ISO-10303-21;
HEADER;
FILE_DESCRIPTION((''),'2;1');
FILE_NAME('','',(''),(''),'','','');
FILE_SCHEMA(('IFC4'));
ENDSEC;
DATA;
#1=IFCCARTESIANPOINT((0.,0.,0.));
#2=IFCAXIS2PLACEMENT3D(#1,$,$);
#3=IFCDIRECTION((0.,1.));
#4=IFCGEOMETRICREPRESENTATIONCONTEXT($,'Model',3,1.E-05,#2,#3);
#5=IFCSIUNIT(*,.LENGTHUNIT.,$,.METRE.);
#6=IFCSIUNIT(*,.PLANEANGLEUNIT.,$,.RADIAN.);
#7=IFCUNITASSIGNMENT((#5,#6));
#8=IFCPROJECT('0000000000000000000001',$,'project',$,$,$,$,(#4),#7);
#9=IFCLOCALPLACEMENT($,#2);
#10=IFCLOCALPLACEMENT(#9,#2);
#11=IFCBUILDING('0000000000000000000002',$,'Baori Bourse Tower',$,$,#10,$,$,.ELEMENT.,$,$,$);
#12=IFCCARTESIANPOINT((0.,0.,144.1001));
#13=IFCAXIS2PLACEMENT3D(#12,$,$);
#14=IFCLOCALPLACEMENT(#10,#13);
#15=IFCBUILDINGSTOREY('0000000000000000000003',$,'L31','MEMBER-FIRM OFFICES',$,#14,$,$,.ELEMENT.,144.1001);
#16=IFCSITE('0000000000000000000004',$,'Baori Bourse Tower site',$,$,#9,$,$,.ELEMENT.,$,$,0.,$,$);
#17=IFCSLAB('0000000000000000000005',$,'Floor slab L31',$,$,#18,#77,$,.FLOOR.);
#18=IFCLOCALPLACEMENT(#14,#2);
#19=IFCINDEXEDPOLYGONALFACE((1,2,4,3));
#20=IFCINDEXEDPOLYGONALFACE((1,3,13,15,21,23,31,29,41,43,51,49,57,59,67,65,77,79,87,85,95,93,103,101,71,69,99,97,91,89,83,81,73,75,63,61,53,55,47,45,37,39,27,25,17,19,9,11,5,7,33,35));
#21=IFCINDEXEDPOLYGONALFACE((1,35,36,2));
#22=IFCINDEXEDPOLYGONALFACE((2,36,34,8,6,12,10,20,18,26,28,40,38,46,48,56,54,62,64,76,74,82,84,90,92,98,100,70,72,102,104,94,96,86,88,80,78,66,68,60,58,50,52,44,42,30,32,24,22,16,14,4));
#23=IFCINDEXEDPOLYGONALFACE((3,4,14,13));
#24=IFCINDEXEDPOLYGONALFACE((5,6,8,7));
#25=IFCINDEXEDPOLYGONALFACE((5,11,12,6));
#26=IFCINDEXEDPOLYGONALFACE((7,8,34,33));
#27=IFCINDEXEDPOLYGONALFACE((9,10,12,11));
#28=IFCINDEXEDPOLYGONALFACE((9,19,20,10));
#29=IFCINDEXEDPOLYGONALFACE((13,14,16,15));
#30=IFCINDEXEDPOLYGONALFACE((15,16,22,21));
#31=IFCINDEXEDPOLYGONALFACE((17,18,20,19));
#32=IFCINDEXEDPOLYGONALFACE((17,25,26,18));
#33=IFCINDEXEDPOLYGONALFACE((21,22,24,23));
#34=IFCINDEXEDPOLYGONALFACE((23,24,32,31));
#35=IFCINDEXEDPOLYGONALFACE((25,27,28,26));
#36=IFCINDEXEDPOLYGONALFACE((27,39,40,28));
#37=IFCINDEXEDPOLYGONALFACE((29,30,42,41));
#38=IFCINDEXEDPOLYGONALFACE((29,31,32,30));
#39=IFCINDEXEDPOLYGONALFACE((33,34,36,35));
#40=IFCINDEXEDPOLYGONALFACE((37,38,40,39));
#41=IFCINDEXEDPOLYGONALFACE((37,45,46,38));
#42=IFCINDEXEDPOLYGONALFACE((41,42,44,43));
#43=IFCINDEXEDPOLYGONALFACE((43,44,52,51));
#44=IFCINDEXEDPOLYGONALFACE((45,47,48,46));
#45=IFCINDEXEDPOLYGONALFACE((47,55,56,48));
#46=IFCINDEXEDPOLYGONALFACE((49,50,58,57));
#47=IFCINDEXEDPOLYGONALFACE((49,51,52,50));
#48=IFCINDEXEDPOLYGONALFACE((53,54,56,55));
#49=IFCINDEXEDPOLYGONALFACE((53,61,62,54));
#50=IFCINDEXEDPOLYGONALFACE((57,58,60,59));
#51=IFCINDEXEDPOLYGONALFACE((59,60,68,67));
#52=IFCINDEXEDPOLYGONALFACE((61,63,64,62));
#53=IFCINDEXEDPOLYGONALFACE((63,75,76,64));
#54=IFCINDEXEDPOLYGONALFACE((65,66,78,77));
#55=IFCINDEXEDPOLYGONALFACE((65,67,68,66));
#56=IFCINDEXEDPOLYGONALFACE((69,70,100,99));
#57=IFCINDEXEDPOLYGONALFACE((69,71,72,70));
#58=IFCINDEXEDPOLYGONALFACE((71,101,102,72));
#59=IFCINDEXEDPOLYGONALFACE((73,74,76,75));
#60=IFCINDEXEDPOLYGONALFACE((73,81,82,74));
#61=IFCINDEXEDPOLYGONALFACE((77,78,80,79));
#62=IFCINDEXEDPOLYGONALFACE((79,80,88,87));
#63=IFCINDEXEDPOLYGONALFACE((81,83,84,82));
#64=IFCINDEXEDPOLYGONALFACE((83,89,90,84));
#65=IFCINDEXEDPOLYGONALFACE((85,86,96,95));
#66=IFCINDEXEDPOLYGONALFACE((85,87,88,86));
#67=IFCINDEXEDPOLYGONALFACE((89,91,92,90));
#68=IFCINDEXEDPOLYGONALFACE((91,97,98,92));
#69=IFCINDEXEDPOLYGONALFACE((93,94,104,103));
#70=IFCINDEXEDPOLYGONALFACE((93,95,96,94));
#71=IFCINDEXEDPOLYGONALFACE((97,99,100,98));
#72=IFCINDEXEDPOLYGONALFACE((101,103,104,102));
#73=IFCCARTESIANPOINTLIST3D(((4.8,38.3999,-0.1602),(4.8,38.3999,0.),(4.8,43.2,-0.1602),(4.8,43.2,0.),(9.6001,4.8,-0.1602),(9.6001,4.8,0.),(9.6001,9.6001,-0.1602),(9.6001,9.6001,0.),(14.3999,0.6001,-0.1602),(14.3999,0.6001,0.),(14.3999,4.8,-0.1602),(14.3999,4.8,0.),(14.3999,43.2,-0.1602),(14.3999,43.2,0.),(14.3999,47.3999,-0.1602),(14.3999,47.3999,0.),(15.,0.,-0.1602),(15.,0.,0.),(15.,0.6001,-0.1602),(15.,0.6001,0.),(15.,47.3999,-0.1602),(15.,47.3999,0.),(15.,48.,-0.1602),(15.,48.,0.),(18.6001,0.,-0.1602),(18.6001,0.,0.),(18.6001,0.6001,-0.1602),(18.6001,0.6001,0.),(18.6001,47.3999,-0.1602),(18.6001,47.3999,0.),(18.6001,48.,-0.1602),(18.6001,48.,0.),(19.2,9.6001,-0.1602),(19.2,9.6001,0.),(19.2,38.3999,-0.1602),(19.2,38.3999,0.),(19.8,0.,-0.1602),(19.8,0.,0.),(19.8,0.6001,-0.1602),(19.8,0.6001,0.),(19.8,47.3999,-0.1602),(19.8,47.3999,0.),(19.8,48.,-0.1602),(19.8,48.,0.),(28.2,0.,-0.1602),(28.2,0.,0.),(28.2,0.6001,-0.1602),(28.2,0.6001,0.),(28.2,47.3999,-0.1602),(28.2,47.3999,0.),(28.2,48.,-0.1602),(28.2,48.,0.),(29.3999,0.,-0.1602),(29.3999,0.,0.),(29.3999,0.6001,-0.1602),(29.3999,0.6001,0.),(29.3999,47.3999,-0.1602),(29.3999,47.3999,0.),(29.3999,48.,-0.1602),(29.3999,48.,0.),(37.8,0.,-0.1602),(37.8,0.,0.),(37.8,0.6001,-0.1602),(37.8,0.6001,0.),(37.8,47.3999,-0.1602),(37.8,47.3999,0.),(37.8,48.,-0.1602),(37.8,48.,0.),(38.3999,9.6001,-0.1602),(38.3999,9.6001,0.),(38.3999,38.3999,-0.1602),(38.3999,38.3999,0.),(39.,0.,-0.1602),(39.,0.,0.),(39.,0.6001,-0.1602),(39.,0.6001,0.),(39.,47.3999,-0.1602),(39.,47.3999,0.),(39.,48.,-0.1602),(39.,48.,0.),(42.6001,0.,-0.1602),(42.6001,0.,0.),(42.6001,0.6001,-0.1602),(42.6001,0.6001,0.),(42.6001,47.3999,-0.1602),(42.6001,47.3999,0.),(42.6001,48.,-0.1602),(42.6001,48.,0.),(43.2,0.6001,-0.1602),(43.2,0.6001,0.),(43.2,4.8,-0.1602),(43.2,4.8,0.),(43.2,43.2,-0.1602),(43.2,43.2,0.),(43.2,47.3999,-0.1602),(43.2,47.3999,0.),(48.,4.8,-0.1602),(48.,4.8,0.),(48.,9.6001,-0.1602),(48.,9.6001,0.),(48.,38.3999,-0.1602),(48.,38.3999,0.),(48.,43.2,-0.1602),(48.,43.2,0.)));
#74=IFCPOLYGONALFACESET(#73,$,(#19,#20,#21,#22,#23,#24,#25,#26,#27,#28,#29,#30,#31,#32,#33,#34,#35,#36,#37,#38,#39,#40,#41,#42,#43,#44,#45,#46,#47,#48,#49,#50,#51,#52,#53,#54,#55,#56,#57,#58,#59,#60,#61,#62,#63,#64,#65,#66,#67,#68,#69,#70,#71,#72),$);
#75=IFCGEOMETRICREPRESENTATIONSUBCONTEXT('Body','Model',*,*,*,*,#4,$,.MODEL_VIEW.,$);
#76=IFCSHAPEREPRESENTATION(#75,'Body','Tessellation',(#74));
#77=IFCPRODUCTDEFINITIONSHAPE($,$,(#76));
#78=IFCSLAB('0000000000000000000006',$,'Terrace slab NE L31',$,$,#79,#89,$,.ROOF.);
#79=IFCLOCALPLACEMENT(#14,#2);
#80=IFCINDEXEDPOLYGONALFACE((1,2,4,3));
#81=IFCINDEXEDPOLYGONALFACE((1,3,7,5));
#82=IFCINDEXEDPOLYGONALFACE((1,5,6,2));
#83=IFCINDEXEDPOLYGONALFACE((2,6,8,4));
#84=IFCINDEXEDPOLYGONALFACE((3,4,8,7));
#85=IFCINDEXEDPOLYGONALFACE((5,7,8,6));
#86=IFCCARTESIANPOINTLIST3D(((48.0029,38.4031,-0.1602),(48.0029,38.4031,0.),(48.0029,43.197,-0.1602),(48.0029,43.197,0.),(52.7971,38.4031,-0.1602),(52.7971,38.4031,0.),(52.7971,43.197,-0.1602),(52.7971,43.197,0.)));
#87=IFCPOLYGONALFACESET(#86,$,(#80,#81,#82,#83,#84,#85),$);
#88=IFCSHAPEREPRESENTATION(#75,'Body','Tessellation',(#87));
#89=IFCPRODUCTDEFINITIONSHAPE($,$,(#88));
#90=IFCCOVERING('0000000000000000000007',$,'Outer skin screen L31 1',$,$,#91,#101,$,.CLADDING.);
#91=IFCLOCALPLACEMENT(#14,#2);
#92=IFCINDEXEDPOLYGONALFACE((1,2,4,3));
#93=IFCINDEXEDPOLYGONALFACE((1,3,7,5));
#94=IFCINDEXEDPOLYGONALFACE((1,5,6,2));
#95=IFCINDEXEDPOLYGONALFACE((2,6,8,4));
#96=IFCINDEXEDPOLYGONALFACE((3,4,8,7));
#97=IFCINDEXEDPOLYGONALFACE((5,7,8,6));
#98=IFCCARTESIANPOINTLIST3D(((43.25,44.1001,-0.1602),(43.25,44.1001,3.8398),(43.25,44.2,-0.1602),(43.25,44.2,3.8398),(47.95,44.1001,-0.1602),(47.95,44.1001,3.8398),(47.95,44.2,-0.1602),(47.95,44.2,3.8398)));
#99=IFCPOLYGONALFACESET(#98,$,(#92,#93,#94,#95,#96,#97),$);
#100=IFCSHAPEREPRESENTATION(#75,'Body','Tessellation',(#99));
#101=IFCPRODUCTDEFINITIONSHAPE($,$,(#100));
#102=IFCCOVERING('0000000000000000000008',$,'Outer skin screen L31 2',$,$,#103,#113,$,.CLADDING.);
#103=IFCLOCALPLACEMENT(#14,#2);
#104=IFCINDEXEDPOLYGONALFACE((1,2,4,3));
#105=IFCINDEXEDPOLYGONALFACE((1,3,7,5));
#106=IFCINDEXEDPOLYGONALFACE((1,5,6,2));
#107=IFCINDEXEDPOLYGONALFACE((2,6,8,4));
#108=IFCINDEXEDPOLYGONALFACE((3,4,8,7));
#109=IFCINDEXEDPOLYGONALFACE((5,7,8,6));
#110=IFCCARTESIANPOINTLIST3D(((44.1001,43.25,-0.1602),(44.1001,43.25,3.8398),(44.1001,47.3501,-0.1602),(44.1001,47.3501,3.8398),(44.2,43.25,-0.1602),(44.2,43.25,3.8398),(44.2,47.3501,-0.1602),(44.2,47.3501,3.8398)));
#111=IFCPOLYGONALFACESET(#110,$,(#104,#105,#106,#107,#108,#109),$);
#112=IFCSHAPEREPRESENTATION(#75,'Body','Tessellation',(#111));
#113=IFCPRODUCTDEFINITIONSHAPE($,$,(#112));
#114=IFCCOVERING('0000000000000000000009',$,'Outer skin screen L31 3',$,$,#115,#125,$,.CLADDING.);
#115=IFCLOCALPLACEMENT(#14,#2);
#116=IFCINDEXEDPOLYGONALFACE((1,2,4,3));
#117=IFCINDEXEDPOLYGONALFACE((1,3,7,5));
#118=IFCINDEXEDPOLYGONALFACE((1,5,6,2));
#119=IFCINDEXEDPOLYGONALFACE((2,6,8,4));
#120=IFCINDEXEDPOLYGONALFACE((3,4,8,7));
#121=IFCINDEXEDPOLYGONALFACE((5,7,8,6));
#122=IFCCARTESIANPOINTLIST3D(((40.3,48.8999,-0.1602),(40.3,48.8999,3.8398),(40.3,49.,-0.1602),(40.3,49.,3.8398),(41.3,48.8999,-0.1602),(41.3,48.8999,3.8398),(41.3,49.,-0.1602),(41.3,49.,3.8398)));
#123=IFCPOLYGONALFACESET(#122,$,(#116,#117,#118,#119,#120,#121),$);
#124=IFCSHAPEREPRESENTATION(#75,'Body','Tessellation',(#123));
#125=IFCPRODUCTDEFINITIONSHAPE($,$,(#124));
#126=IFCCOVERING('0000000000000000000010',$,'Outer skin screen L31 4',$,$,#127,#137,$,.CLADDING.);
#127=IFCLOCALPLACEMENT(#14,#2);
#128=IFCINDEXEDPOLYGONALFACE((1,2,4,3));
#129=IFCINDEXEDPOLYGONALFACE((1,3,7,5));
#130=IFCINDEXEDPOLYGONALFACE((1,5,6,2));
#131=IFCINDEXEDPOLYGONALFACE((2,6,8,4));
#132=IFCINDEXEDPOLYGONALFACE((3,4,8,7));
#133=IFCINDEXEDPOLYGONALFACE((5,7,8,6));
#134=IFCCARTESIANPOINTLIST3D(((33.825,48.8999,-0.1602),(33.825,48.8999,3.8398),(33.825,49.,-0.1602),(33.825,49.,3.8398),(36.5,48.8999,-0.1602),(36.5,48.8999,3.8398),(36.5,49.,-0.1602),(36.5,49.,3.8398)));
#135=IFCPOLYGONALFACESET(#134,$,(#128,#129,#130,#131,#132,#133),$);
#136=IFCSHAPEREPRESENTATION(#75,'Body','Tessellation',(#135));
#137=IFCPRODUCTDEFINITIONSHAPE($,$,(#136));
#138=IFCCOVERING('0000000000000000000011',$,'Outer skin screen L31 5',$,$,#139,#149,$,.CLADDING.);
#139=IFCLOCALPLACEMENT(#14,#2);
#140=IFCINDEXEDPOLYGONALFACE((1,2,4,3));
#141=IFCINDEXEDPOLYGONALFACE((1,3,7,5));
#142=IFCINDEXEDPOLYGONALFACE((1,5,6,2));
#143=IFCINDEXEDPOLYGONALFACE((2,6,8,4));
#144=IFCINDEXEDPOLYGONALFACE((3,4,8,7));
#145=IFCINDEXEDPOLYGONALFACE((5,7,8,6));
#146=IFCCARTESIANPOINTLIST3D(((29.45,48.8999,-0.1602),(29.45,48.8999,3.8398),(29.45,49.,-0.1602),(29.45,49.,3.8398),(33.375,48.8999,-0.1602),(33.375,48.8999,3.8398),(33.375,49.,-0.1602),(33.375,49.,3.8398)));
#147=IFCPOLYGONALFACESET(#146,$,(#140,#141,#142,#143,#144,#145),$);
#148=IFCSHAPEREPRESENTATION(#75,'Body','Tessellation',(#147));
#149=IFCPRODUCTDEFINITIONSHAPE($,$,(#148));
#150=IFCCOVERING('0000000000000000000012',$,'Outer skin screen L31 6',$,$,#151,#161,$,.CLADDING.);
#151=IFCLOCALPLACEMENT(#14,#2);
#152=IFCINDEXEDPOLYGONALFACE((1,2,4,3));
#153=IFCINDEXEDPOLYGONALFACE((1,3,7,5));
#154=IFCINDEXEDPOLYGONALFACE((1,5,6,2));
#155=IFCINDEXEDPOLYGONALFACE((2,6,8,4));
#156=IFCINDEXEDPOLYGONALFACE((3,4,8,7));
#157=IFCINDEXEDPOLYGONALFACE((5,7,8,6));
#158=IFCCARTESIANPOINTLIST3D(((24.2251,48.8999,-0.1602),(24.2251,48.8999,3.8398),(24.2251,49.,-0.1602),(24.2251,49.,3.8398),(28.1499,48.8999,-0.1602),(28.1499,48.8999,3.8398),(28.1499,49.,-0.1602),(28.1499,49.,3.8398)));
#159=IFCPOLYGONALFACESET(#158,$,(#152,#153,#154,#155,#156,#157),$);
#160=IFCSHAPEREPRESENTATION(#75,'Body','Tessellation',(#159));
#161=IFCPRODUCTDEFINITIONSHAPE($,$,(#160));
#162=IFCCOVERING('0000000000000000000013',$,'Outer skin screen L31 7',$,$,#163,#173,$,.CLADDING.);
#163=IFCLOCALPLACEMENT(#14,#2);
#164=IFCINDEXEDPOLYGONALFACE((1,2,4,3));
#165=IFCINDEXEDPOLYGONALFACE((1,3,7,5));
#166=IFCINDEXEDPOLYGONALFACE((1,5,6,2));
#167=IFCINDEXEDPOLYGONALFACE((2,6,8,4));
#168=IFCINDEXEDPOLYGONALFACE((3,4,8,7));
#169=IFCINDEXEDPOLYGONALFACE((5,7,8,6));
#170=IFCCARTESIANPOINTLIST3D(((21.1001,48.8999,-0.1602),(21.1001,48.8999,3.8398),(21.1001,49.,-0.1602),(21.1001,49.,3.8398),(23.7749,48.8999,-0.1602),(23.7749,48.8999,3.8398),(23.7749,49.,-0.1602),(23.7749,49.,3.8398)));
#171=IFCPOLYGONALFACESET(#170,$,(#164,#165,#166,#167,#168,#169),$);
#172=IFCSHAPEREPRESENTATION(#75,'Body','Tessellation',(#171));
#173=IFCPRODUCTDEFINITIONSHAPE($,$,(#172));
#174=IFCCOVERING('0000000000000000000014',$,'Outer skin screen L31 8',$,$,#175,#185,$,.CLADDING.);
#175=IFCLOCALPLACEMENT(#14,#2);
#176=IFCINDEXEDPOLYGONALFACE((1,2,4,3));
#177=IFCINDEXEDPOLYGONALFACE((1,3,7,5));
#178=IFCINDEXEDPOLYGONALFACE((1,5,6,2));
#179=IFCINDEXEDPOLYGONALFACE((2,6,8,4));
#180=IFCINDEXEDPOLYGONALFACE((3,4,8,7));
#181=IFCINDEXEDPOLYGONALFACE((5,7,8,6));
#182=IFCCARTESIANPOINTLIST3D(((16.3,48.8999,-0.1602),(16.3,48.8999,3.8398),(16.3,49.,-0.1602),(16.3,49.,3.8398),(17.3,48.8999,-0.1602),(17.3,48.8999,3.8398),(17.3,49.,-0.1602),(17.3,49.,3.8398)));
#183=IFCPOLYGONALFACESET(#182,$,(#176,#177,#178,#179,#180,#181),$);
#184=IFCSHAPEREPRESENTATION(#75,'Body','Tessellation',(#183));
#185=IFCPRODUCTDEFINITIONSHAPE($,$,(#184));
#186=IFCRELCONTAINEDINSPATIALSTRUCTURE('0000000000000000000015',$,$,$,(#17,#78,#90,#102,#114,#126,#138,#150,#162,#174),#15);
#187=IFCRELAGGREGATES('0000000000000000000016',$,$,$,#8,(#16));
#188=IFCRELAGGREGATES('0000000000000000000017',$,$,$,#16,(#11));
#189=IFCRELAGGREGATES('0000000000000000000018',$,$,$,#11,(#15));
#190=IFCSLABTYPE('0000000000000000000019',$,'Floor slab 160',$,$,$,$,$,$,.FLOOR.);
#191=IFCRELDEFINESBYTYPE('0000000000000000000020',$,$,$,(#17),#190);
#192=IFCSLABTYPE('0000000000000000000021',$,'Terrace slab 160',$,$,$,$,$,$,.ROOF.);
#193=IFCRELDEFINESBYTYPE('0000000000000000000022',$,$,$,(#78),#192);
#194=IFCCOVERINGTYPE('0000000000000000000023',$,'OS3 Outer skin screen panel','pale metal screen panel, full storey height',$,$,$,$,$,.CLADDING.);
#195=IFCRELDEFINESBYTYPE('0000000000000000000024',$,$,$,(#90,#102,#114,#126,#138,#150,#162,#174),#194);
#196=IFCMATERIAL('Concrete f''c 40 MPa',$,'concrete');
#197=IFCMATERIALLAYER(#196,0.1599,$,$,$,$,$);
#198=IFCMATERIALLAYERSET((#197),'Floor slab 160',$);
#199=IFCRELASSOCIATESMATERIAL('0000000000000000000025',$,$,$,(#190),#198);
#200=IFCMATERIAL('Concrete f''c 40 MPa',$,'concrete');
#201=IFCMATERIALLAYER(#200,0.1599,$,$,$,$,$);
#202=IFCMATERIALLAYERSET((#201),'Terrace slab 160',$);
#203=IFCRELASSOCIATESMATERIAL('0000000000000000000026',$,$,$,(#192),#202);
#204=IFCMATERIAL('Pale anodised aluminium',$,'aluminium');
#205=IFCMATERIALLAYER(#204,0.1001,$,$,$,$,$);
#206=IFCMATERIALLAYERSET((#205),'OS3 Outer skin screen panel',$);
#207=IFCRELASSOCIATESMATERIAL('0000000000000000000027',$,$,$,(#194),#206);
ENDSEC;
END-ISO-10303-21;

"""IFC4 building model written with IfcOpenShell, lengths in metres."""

from ifc_helpers import new_model, si_unit, direction, frame, origin, place, context, subcontext, project, spatial, polyline, outline, extrude, material, layer, layer_set, type_object, element, save


model = new_model("IFC4")

# Units and contexts
model_context = context("Model", 3, precision=1e-05, world=origin(), true_north=direction((0.0, 1.0)))
body_context = subcontext(model_context, "Body", "Model", "MODEL_VIEW")
ifc_project = project(units=[si_unit("LENGTHUNIT", "METRE"), si_unit("PLANEANGLEUNIT", "RADIAN")], contexts=[model_context])

# Site, building, storey
site_placement = place(None, origin())
site = spatial("IfcSite", under=ifc_project, at=site_placement, Name="Baori Bourse Tower site", CompositionType="ELEMENT", RefElevation=0.0)
building_placement = place(site_placement, origin())
building = spatial("IfcBuilding", under=site, at=building_placement, Name="Baori Bourse Tower", CompositionType="ELEMENT")
storey_placement = place(building_placement, frame((0.0, 0.0, 144.1001)))
storey = spatial("IfcBuildingStorey", under=building, at=storey_placement, Name="L31", Description="MEMBER-FIRM OFFICES", CompositionType="ELEMENT", Elevation=144.1001)

# Slabs
ifc_material_1 = material(Name="Concrete f'c 40 MPa", Category="concrete")
ifc_layer_1 = layer(ifc_material_1, 0.1599)
ifc_layer_set_1 = layer_set([ifc_layer_1], Name="Floor slab 160")
slab_type_1 = type_object("IfcSlabType", Name="Floor slab 160", PredefinedType="FLOOR", material=ifc_layer_set_1)
slab_1_placement = place(storey_placement, frame((0.0, 0.0, -0.1602)))
element("IfcSlab", 1, at=slab_1_placement, inside=storey, type_object=slab_type_1, Name="Floor slab L31", PredefinedType="FLOOR", context=body_context, shape_type="SweptSolid", body=[
    extrude(outline(polyline([(14.3999, 4.8), (9.6001, 4.8), (9.6001, 9.6001), (19.2, 9.6001), (19.2, 38.3999), (4.8, 38.3999), (4.8, 43.2), (14.3999, 43.2), (14.3999, 47.3999), (15.0, 47.3999), (15.0, 48.0), (18.6001, 48.0), (18.6001, 47.3999), (19.8, 47.3999), (19.8, 48.0), (28.2, 48.0), (28.2, 47.3999), (29.3999, 47.3999), (29.3999, 48.0), (37.8, 48.0), (37.8, 47.3999), (39.0, 47.3999), (39.0, 48.0), (42.6001, 48.0), (42.6001, 47.3999), (43.2, 47.3999), (43.2, 43.2), (48.0, 43.2), (48.0, 38.3999), (38.3999, 38.3999), (38.3999, 9.6001), (48.0, 9.6001), (48.0, 4.8), (43.2, 4.8), (43.2, 0.6001), (42.6001, 0.6001), (42.6001, 0.0), (39.0, 0.0), (39.0, 0.6001), (37.8, 0.6001), (37.8, 0.0), (29.3999, 0.0), (29.3999, 0.6001), (28.2, 0.6001), (28.2, 0.0), (19.8, 0.0), (19.8, 0.6001), (18.6001, 0.6001), (18.6001, 0.0), (15.0, 0.0), (15.0, 0.6001), (14.3999, 0.6001), (14.3999, 4.8)])), origin(), (0.0, 0.0, 1.0), 0.1602),
])
ifc_material_2 = material(Name="Concrete f'c 40 MPa", Category="concrete")
ifc_layer_2 = layer(ifc_material_2, 0.1599)
ifc_layer_set_2 = layer_set([ifc_layer_2], Name="Terrace slab 160")
slab_type_2 = type_object("IfcSlabType", Name="Terrace slab 160", PredefinedType="ROOF", material=ifc_layer_set_2)
slab_2_placement = place(storey_placement, frame((0.0, 0.0, -0.1602)))
element("IfcSlab", 2, at=slab_2_placement, inside=storey, type_object=slab_type_2, Name="Terrace slab NE L31", PredefinedType="ROOF", context=body_context, shape_type="SweptSolid", body=[
    extrude(outline(polyline([(48.0029, 43.197), (52.7971, 43.197), (52.7971, 38.4031), (48.0029, 38.4031), (48.0029, 43.197)])), origin(), (0.0, 0.0, 1.0), 0.1602),
])

# Coverings
ifc_material_3 = material(Name="Pale anodised aluminium", Category="aluminium")
ifc_layer_3 = layer(ifc_material_3, 0.1001)
ifc_layer_set_3 = layer_set([ifc_layer_3], Name="OS3 Outer skin screen panel")
covering_type = type_object("IfcCoveringType", Name="OS3 Outer skin screen panel", Description="pale metal screen panel, full storey height", PredefinedType="CLADDING", material=ifc_layer_set_3)
covering_1_placement = place(storey_placement, frame((0.0, 0.0, -0.1602)))
element("IfcCovering", 3, at=covering_1_placement, inside=storey, type_object=covering_type, Name="Outer skin screen L31 1", PredefinedType="CLADDING", context=body_context, shape_type="SweptSolid", body=[
    extrude(outline(polyline([(43.25, 44.1001), (47.95, 44.1001), (47.95, 44.2), (43.25, 44.2), (43.25, 44.1001)])), origin(), (0.0, 0.0, 1.0), 4.0),
])
covering_2_placement = place(storey_placement, frame((0.0, 0.0, -0.1602)))
element("IfcCovering", 4, at=covering_2_placement, inside=storey, type_object=covering_type, Name="Outer skin screen L31 2", PredefinedType="CLADDING", context=body_context, shape_type="SweptSolid", body=[
    extrude(outline(polyline([(44.1001, 47.3501), (44.1001, 43.25), (44.2, 43.25), (44.2, 47.3501), (44.1001, 47.3501)])), origin(), (0.0, 0.0, 1.0), 4.0),
])
covering_3_placement = place(storey_placement, frame((0.0, 0.0, -0.1602)))
element("IfcCovering", 5, at=covering_3_placement, inside=storey, type_object=covering_type, Name="Outer skin screen L31 3", PredefinedType="CLADDING", context=body_context, shape_type="SweptSolid", body=[
    extrude(outline(polyline([(40.3, 48.8999), (41.3, 48.8999), (41.3, 49.0), (40.3, 49.0), (40.3, 48.8999)])), origin(), (0.0, 0.0, 1.0), 4.0),
])
covering_4_placement = place(storey_placement, frame((0.0, 0.0, -0.1602)))
element("IfcCovering", 6, at=covering_4_placement, inside=storey, type_object=covering_type, Name="Outer skin screen L31 4", PredefinedType="CLADDING", context=body_context, shape_type="SweptSolid", body=[
    extrude(outline(polyline([(33.825, 48.8999), (36.5, 48.8999), (36.5, 49.0), (33.825, 49.0), (33.825, 48.8999)])), origin(), (0.0, 0.0, 1.0), 4.0),
])
covering_5_placement = place(storey_placement, frame((0.0, 0.0, -0.1602)))
element("IfcCovering", 7, at=covering_5_placement, inside=storey, type_object=covering_type, Name="Outer skin screen L31 5", PredefinedType="CLADDING", context=body_context, shape_type="SweptSolid", body=[
    extrude(outline(polyline([(29.45, 48.8999), (33.375, 48.8999), (33.375, 49.0), (29.45, 49.0), (29.45, 48.8999)])), origin(), (0.0, 0.0, 1.0), 4.0),
])
covering_6_placement = place(storey_placement, frame((0.0, 0.0, -0.1602)))
element("IfcCovering", 8, at=covering_6_placement, inside=storey, type_object=covering_type, Name="Outer skin screen L31 6", PredefinedType="CLADDING", context=body_context, shape_type="SweptSolid", body=[
    extrude(outline(polyline([(24.2251, 48.8999), (28.1499, 48.8999), (28.1499, 49.0), (24.2251, 49.0), (24.2251, 48.8999)])), origin(), (0.0, 0.0, 1.0), 4.0),
])
covering_7_placement = place(storey_placement, frame((0.0, 0.0, -0.1602)))
element("IfcCovering", 9, at=covering_7_placement, inside=storey, type_object=covering_type, Name="Outer skin screen L31 7", PredefinedType="CLADDING", context=body_context, shape_type="SweptSolid", body=[
    extrude(outline(polyline([(21.1001, 48.8999), (23.7749, 48.8999), (23.7749, 49.0), (21.1001, 49.0), (21.1001, 48.8999)])), origin(), (0.0, 0.0, 1.0), 4.0),
])
covering_8_placement = place(storey_placement, frame((0.0, 0.0, -0.1602)))
element("IfcCovering", 10, at=covering_8_placement, inside=storey, type_object=covering_type, Name="Outer skin screen L31 8", PredefinedType="CLADDING", context=body_context, shape_type="SweptSolid", body=[
    extrude(outline(polyline([(16.3, 48.8999), (17.3, 48.8999), (17.3, 49.0), (16.3, 49.0), (16.3, 48.8999)])), origin(), (0.0, 0.0, 1.0), 4.0),
])

save(model, "model.ifc")
